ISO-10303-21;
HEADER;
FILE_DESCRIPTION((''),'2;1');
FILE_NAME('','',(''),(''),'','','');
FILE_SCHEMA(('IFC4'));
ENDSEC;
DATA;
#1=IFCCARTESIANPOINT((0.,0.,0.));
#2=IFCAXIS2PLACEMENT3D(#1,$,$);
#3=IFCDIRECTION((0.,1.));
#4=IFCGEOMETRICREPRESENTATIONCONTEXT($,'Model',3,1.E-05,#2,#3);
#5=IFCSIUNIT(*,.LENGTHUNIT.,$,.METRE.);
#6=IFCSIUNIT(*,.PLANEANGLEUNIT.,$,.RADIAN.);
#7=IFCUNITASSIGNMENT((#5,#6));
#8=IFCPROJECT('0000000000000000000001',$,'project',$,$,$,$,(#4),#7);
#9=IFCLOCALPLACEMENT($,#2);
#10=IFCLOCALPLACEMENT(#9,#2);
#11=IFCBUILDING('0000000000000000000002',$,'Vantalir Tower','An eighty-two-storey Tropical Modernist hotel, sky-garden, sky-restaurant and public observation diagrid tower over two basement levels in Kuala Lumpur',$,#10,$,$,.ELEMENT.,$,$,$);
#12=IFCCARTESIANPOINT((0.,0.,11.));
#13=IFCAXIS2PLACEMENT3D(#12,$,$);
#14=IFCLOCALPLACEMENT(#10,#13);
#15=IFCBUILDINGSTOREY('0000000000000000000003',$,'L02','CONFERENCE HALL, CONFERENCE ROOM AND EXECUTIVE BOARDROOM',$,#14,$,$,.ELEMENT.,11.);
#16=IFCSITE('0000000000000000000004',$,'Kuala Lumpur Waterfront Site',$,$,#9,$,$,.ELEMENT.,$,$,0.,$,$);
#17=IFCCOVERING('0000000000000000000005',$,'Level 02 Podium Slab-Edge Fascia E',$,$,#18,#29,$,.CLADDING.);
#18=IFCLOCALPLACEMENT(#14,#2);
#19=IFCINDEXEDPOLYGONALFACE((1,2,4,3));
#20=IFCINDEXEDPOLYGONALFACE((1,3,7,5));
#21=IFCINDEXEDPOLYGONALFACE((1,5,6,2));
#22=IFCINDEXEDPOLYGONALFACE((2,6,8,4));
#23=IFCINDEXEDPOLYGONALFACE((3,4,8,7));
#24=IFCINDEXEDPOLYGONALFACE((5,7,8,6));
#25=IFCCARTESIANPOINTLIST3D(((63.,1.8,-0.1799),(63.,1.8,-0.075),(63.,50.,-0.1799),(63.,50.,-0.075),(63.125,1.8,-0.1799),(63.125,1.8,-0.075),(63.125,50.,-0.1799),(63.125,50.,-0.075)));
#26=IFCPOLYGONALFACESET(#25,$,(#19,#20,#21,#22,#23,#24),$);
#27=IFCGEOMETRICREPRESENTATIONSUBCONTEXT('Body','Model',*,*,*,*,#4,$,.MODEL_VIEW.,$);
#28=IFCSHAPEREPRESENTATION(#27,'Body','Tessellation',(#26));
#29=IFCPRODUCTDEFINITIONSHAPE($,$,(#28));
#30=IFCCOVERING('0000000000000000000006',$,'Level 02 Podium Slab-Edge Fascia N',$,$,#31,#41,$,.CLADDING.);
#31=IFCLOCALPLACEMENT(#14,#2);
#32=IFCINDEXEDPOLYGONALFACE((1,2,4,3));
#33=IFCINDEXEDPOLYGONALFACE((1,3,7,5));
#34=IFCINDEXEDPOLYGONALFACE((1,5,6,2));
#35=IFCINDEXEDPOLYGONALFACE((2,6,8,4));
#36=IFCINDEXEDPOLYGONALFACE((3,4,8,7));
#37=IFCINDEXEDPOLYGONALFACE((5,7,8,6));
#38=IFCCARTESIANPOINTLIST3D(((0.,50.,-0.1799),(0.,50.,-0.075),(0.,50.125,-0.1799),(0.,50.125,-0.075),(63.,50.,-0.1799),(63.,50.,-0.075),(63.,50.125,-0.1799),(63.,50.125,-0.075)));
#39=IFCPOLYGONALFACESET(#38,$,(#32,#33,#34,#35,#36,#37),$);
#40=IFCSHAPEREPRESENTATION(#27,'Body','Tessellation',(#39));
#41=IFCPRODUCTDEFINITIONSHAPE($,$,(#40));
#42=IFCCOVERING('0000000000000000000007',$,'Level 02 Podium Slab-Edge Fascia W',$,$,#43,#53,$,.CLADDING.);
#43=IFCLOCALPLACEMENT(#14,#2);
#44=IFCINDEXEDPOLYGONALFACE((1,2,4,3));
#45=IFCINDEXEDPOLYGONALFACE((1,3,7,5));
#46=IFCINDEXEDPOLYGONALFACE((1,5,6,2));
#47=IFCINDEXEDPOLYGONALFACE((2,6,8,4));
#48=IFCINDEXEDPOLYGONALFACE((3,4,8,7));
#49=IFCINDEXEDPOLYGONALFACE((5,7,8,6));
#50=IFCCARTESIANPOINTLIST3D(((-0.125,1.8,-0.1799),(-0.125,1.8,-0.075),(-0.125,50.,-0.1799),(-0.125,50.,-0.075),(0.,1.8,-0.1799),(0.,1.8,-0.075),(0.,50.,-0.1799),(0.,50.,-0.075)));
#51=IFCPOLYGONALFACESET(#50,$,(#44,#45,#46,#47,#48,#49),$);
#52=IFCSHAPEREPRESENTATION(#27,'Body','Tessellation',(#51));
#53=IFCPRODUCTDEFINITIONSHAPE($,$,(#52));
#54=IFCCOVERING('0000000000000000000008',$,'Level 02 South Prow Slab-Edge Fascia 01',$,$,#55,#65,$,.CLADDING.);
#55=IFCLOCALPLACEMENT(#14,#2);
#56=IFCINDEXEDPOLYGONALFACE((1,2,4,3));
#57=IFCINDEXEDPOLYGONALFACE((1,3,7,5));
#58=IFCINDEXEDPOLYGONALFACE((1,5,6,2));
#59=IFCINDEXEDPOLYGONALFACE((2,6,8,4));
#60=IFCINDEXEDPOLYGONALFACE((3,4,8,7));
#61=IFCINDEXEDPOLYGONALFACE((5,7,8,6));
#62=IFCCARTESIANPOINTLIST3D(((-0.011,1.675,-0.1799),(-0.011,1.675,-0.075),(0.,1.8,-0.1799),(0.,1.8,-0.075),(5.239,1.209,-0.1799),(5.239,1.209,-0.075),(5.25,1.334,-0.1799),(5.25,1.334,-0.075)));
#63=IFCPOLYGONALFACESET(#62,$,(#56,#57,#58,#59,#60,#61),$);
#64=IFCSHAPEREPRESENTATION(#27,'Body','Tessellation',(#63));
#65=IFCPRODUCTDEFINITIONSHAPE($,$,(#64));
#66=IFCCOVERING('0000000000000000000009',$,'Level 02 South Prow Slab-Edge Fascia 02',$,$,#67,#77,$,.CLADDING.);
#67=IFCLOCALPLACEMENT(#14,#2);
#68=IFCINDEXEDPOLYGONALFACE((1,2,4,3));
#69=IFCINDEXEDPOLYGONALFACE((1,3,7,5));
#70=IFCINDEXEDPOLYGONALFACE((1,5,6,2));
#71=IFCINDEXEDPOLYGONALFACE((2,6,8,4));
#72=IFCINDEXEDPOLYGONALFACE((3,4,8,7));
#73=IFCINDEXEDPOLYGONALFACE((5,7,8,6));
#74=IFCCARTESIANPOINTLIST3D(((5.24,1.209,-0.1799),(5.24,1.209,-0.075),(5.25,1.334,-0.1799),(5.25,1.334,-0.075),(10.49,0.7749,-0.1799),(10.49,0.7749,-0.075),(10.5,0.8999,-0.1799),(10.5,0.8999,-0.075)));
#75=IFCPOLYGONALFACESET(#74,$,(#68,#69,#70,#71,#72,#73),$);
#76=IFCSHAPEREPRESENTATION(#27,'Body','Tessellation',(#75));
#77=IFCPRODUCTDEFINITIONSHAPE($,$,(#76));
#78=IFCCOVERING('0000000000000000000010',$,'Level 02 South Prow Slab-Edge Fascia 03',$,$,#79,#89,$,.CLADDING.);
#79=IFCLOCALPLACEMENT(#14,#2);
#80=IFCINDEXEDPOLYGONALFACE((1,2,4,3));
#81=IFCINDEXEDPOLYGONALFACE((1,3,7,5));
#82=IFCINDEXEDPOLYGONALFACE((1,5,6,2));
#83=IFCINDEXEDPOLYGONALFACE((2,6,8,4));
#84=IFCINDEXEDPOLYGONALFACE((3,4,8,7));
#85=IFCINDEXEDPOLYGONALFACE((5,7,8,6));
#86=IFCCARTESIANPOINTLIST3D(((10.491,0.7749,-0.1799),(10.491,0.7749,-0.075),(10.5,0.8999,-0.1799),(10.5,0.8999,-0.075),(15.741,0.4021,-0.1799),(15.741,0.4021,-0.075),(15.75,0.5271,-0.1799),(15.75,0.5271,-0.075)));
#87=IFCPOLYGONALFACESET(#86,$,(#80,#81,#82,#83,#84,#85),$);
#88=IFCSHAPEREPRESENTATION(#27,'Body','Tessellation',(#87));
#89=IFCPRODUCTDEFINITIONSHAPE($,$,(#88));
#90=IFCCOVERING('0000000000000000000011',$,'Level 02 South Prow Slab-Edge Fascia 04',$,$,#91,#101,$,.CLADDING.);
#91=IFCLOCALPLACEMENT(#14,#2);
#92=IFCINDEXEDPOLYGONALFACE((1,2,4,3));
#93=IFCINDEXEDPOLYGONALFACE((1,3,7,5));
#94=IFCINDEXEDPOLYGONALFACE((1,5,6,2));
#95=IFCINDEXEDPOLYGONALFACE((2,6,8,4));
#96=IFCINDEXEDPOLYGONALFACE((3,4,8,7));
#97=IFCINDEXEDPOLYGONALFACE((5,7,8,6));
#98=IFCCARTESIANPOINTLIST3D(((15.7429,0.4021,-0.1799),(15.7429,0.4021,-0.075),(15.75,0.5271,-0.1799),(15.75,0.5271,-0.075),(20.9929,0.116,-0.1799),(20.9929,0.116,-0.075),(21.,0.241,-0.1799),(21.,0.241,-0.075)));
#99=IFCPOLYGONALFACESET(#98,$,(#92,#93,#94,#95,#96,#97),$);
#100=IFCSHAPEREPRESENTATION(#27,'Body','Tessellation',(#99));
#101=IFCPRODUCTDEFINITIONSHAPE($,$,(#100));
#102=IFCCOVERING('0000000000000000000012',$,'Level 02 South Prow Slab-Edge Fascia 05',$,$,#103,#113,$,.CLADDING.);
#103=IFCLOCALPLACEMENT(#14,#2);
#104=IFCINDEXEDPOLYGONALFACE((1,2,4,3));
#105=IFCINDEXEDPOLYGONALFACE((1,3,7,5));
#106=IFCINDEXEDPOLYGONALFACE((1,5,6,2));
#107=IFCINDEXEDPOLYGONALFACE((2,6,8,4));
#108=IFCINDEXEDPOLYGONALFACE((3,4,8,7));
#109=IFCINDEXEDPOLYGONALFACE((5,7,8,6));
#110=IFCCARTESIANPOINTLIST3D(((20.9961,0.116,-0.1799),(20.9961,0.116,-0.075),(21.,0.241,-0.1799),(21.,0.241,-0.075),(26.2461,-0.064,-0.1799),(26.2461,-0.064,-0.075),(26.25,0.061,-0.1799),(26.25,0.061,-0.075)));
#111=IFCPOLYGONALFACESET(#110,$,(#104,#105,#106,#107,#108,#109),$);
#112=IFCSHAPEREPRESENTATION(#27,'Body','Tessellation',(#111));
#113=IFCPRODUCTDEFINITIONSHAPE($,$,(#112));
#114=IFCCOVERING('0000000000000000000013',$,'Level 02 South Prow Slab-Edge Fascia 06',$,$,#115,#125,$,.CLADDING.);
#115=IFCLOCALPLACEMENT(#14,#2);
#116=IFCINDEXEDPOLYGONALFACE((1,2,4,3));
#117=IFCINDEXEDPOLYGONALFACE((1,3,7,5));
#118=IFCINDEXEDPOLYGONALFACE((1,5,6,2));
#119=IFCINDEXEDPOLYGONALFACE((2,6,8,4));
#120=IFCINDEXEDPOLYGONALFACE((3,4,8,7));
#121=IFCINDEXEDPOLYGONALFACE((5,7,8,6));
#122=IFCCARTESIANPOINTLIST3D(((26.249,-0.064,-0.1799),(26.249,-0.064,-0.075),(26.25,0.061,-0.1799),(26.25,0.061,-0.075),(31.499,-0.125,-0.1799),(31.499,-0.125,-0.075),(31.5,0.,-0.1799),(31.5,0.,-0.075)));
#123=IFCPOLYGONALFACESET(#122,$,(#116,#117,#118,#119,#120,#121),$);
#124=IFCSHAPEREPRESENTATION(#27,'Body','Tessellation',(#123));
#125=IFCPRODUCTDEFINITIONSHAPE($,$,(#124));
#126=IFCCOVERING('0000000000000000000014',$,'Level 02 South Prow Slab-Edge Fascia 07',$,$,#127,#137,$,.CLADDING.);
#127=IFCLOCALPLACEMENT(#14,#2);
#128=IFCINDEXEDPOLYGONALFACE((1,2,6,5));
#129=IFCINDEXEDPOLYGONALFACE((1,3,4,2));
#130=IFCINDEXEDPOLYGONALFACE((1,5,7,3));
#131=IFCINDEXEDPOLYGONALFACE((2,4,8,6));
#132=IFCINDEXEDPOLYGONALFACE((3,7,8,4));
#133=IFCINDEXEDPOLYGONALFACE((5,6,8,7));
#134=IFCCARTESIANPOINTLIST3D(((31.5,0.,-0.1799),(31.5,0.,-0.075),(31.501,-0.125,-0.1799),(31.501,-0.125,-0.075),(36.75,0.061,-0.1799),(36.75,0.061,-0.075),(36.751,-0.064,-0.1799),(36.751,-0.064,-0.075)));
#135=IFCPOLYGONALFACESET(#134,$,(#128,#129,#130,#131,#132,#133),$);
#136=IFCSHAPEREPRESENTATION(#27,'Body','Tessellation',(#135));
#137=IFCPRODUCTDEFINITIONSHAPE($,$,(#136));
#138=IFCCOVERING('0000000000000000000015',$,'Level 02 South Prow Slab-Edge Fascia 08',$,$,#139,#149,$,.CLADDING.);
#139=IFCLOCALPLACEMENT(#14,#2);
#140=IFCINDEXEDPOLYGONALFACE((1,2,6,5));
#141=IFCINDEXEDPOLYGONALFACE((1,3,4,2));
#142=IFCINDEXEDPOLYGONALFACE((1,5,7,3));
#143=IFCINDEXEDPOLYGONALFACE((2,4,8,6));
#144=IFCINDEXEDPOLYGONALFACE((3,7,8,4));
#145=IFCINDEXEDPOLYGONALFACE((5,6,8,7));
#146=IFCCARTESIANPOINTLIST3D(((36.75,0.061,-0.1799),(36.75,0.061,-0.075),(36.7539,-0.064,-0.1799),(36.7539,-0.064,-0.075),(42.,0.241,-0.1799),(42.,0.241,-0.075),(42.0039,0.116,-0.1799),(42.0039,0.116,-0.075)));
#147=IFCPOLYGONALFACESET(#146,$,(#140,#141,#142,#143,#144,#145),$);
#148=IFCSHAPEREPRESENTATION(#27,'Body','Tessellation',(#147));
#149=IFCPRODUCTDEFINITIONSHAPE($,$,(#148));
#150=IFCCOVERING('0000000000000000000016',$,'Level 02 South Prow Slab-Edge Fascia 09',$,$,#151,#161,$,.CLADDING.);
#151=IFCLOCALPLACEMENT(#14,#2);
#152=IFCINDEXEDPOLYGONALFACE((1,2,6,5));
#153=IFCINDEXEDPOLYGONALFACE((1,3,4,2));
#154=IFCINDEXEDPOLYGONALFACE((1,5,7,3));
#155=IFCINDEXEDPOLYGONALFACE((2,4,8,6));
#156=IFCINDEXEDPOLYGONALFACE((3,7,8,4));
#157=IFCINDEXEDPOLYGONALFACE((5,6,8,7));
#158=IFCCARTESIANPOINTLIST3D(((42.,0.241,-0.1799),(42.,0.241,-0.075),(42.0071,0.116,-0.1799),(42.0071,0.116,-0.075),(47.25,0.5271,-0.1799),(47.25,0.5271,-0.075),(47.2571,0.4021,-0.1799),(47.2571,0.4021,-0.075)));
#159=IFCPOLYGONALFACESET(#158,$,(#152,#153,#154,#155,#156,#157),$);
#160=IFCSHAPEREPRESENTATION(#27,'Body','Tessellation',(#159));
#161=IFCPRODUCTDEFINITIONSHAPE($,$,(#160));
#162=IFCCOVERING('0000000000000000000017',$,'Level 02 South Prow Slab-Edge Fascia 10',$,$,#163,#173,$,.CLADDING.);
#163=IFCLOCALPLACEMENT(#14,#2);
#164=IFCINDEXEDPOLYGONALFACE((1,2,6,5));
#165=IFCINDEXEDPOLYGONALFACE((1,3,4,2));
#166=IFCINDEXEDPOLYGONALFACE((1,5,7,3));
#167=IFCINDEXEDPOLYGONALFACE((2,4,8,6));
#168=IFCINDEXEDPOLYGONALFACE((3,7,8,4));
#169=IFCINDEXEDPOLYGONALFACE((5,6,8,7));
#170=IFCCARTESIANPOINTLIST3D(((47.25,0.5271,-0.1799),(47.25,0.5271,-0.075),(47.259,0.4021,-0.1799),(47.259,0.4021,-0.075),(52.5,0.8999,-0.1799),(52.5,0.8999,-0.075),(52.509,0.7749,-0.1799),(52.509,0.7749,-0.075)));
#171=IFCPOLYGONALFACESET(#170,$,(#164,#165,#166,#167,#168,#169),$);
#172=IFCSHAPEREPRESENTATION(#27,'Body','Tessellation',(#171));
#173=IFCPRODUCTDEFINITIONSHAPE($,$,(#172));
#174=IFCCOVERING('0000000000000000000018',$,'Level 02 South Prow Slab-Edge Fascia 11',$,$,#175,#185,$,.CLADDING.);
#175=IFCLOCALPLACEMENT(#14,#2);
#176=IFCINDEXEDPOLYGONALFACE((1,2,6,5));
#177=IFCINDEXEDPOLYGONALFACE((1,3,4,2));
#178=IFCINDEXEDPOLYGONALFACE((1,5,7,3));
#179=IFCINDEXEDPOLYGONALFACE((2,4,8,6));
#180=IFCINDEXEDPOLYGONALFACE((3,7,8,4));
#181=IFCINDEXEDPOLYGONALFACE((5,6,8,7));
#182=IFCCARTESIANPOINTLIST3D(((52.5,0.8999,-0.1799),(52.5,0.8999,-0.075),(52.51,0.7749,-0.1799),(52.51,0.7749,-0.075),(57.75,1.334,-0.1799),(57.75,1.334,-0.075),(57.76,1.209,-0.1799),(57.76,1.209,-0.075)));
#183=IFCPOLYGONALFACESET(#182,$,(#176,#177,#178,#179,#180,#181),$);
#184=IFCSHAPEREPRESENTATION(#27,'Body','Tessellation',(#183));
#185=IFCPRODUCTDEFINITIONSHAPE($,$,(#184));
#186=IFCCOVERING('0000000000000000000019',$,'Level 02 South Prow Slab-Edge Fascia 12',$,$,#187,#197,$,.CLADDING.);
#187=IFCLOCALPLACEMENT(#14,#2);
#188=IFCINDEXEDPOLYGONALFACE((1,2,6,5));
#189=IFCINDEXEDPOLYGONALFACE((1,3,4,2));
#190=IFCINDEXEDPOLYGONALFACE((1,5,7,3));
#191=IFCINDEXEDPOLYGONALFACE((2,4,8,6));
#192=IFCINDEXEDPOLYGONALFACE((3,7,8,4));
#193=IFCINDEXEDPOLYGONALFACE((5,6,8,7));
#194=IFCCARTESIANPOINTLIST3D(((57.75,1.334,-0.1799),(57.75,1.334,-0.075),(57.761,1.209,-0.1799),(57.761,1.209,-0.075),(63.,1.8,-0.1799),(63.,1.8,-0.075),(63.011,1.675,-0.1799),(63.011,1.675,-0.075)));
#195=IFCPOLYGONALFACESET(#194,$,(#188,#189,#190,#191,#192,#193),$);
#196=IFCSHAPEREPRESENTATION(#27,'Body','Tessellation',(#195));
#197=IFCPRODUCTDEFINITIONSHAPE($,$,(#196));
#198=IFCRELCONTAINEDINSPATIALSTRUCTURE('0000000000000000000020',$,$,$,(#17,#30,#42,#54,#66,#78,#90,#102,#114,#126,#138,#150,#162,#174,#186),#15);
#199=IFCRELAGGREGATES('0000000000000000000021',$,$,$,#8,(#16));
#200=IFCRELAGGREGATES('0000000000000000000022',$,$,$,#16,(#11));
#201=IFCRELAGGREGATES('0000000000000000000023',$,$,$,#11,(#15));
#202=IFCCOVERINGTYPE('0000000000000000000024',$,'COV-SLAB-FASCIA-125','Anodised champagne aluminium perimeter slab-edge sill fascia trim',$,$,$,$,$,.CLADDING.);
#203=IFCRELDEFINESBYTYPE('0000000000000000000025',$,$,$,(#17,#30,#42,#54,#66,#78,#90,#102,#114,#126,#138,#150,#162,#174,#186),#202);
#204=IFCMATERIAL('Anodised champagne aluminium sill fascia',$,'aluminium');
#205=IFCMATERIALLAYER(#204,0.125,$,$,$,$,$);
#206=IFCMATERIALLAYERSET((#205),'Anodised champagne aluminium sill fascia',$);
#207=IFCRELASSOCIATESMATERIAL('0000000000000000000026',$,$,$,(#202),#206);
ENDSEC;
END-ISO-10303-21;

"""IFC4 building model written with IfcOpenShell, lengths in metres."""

from ifc_helpers import new_model, si_unit, direction, frame, origin, place, context, subcontext, project, spatial, polyline, outline, extrude, material, layer, layer_set, type_object, element, save


model = new_model("IFC4")

# Units and contexts
model_context = context("Model", 3, precision=1e-05, world=origin(), true_north=direction((0.0, 1.0)))
body_context = subcontext(model_context, "Body", "Model", "MODEL_VIEW")
ifc_project = project(units=[si_unit("LENGTHUNIT", "METRE"), si_unit("PLANEANGLEUNIT", "RADIAN")], contexts=[model_context])

# Site, building, storey
site_placement = place(None, origin())
site = spatial("IfcSite", under=ifc_project, at=site_placement, Name="Kuala Lumpur Waterfront Site", CompositionType="ELEMENT", RefElevation=0.0)
building_placement = place(site_placement, origin())
building = spatial("IfcBuilding", under=site, at=building_placement, Name="Vantalir Tower", Description="An eighty-two-storey Tropical Modernist hotel, sky-garden, sky-restaurant and public observation diagrid tower over two basement levels in Kuala Lumpur", CompositionType="ELEMENT")
storey_placement = place(building_placement, frame((0.0, 0.0, 11.0)))
storey = spatial("IfcBuildingStorey", under=building, at=storey_placement, Name="L02", Description="CONFERENCE HALL, CONFERENCE ROOM AND EXECUTIVE BOARDROOM", CompositionType="ELEMENT", Elevation=11.0)

# Coverings
ifc_material_1 = material(Name="Anodised champagne aluminium sill fascia", Category="aluminium")
ifc_layer_1 = layer(ifc_material_1, 0.125)
ifc_layer_set_1 = layer_set([ifc_layer_1], Name="Anodised champagne aluminium sill fascia")
covering_type_1 = type_object("IfcCoveringType", Name="COV-SLAB-FASCIA-125", Description="Anodised champagne aluminium perimeter slab-edge sill fascia trim", PredefinedType="CLADDING", material=ifc_layer_set_1)
covering_1_placement = place(storey_placement, frame((0.0, 0.0, -0.1799)))
element("IfcCovering", 1, at=covering_1_placement, inside=storey, type_object=covering_type_1, Name="Level 02 Podium Slab-Edge Fascia E", PredefinedType="CLADDING", context=body_context, shape_type="SweptSolid", body=[
    extrude(outline(polyline([(63.0, 1.8), (63.125, 1.8), (63.125, 50.0), (63.0, 50.0), (63.0, 1.8)])), origin(), (0.0, 0.0, 1.0), 0.105),
])
covering_2_placement = place(storey_placement, frame((0.0, 0.0, -0.1799)))
element("IfcCovering", 2, at=covering_2_placement, inside=storey, type_object=covering_type_1, Name="Level 02 Podium Slab-Edge Fascia N", PredefinedType="CLADDING", context=body_context, shape_type="SweptSolid", body=[
    extrude(outline(polyline([(0.0, 50.0), (63.0, 50.0), (63.0, 50.125), (0.0, 50.125), (0.0, 50.0)])), origin(), (0.0, 0.0, 1.0), 0.105),
])
covering_3_placement = place(storey_placement, frame((0.0, 0.0, -0.1799)))
element("IfcCovering", 3, at=covering_3_placement, inside=storey, type_object=covering_type_1, Name="Level 02 Podium Slab-Edge Fascia W", PredefinedType="CLADDING", context=body_context, shape_type="SweptSolid", body=[
    extrude(outline(polyline([(-0.125, 1.8), (0.0, 1.8), (0.0, 50.0), (-0.125, 50.0), (-0.125, 1.8)])), origin(), (0.0, 0.0, 1.0), 0.105),
])
covering_4_placement = place(storey_placement, frame((0.0, 0.0, -0.1799)))
element("IfcCovering", 4, at=covering_4_placement, inside=storey, type_object=covering_type_1, Name="Level 02 South Prow Slab-Edge Fascia 01", PredefinedType="CLADDING", context=body_context, shape_type="SweptSolid", body=[
    extrude(outline(polyline([(0.0, 1.8), (-0.011, 1.675), (5.239, 1.209), (5.25, 1.334), (0.0, 1.8)])), origin(), (0.0, 0.0, 1.0), 0.105),
])
covering_5_placement = place(storey_placement, frame((0.0, 0.0, -0.1799)))
element("IfcCovering", 5, at=covering_5_placement, inside=storey, type_object=covering_type_1, Name="Level 02 South Prow Slab-Edge Fascia 02", PredefinedType="CLADDING", context=body_context, shape_type="SweptSolid", body=[
    extrude(outline(polyline([(5.25, 1.334), (5.24, 1.209), (10.49, 0.7749), (10.5, 0.8999), (5.25, 1.334)])), origin(), (0.0, 0.0, 1.0), 0.105),
])
covering_6_placement = place(storey_placement, frame((0.0, 0.0, -0.1799)))
element("IfcCovering", 6, at=covering_6_placement, inside=storey, type_object=covering_type_1, Name="Level 02 South Prow Slab-Edge Fascia 03", PredefinedType="CLADDING", context=body_context, shape_type="SweptSolid", body=[
    extrude(outline(polyline([(10.5, 0.8999), (10.491, 0.7749), (15.741, 0.4021), (15.75, 0.5271), (10.5, 0.8999)])), origin(), (0.0, 0.0, 1.0), 0.105),
])
covering_7_placement = place(storey_placement, frame((0.0, 0.0, -0.1799)))
element("IfcCovering", 7, at=covering_7_placement, inside=storey, type_object=covering_type_1, Name="Level 02 South Prow Slab-Edge Fascia 04", PredefinedType="CLADDING", context=body_context, shape_type="SweptSolid", body=[
    extrude(outline(polyline([(15.75, 0.5271), (15.7429, 0.4021), (20.9929, 0.116), (21.0, 0.241), (15.75, 0.5271)])), origin(), (0.0, 0.0, 1.0), 0.105),
])
covering_8_placement = place(storey_placement, frame((0.0, 0.0, -0.1799)))
element("IfcCovering", 8, at=covering_8_placement, inside=storey, type_object=covering_type_1, Name="Level 02 South Prow Slab-Edge Fascia 05", PredefinedType="CLADDING", context=body_context, shape_type="SweptSolid", body=[
    extrude(outline(polyline([(21.0, 0.241), (20.9961, 0.116), (26.2461, -0.064), (26.25, 0.061), (21.0, 0.241)])), origin(), (0.0, 0.0, 1.0), 0.105),
])
covering_9_placement = place(storey_placement, frame((0.0, 0.0, -0.1799)))
element("IfcCovering", 9, at=covering_9_placement, inside=storey, type_object=covering_type_1, Name="Level 02 South Prow Slab-Edge Fascia 06", PredefinedType="CLADDING", context=body_context, shape_type="SweptSolid", body=[
    extrude(outline(polyline([(26.25, 0.061), (26.249, -0.064), (31.499, -0.125), (31.5, 0.0), (26.25, 0.061)])), origin(), (0.0, 0.0, 1.0), 0.105),
])
covering_10_placement = place(storey_placement, frame((0.0, 0.0, -0.1799)))
element("IfcCovering", 10, at=covering_10_placement, inside=storey, type_object=covering_type_1, Name="Level 02 South Prow Slab-Edge Fascia 07", PredefinedType="CLADDING", context=body_context, shape_type="SweptSolid", body=[
    extrude(outline(polyline([(31.5, 0.0), (31.501, -0.125), (36.751, -0.064), (36.75, 0.061), (31.5, 0.0)])), origin(), (0.0, 0.0, 1.0), 0.105),
])
covering_11_placement = place(storey_placement, frame((0.0, 0.0, -0.1799)))
element("IfcCovering", 11, at=covering_11_placement, inside=storey, type_object=covering_type_1, Name="Level 02 South Prow Slab-Edge Fascia 08", PredefinedType="CLADDING", context=body_context, shape_type="SweptSolid", body=[
    extrude(outline(polyline([(36.75, 0.061), (36.7539, -0.064), (42.0039, 0.116), (42.0, 0.241), (36.75, 0.061)])), origin(), (0.0, 0.0, 1.0), 0.105),
])
covering_12_placement = place(storey_placement, frame((0.0, 0.0, -0.1799)))
element("IfcCovering", 12, at=covering_12_placement, inside=storey, type_object=covering_type_1, Name="Level 02 South Prow Slab-Edge Fascia 09", PredefinedType="CLADDING", context=body_context, shape_type="SweptSolid", body=[
    extrude(outline(polyline([(42.0, 0.241), (42.0071, 0.116), (47.2571, 0.4021), (47.25, 0.5271), (42.0, 0.241)])), origin(), (0.0, 0.0, 1.0), 0.105),
])
covering_13_placement = place(storey_placement, frame((0.0, 0.0, -0.1799)))
element("IfcCovering", 13, at=covering_13_placement, inside=storey, type_object=covering_type_1, Name="Level 02 South Prow Slab-Edge Fascia 10", PredefinedType="CLADDING", context=body_context, shape_type="SweptSolid", body=[
    extrude(outline(polyline([(47.25, 0.5271), (47.259, 0.4021), (52.509, 0.7749), (52.5, 0.8999), (47.25, 0.5271)])), origin(), (0.0, 0.0, 1.0), 0.105),
])
covering_14_placement = place(storey_placement, frame((0.0, 0.0, -0.1799)))
element("IfcCovering", 14, at=covering_14_placement, inside=storey, type_object=covering_type_1, Name="Level 02 South Prow Slab-Edge Fascia 11", PredefinedType="CLADDING", context=body_context, shape_type="SweptSolid", body=[
    extrude(outline(polyline([(52.5, 0.8999), (52.51, 0.7749), (57.76, 1.209), (57.75, 1.334), (52.5, 0.8999)])), origin(), (0.0, 0.0, 1.0), 0.105),
])
covering_15_placement = place(storey_placement, frame((0.0, 0.0, -0.1799)))
element("IfcCovering", 15, at=covering_15_placement, inside=storey, type_object=covering_type_1, Name="Level 02 South Prow Slab-Edge Fascia 12", PredefinedType="CLADDING", context=body_context, shape_type="SweptSolid", body=[
    extrude(outline(polyline([(57.75, 1.334), (57.761, 1.209), (63.011, 1.675), (63.0, 1.8), (57.75, 1.334)])), origin(), (0.0, 0.0, 1.0), 0.105),
])

save(model, "model.ifc")
